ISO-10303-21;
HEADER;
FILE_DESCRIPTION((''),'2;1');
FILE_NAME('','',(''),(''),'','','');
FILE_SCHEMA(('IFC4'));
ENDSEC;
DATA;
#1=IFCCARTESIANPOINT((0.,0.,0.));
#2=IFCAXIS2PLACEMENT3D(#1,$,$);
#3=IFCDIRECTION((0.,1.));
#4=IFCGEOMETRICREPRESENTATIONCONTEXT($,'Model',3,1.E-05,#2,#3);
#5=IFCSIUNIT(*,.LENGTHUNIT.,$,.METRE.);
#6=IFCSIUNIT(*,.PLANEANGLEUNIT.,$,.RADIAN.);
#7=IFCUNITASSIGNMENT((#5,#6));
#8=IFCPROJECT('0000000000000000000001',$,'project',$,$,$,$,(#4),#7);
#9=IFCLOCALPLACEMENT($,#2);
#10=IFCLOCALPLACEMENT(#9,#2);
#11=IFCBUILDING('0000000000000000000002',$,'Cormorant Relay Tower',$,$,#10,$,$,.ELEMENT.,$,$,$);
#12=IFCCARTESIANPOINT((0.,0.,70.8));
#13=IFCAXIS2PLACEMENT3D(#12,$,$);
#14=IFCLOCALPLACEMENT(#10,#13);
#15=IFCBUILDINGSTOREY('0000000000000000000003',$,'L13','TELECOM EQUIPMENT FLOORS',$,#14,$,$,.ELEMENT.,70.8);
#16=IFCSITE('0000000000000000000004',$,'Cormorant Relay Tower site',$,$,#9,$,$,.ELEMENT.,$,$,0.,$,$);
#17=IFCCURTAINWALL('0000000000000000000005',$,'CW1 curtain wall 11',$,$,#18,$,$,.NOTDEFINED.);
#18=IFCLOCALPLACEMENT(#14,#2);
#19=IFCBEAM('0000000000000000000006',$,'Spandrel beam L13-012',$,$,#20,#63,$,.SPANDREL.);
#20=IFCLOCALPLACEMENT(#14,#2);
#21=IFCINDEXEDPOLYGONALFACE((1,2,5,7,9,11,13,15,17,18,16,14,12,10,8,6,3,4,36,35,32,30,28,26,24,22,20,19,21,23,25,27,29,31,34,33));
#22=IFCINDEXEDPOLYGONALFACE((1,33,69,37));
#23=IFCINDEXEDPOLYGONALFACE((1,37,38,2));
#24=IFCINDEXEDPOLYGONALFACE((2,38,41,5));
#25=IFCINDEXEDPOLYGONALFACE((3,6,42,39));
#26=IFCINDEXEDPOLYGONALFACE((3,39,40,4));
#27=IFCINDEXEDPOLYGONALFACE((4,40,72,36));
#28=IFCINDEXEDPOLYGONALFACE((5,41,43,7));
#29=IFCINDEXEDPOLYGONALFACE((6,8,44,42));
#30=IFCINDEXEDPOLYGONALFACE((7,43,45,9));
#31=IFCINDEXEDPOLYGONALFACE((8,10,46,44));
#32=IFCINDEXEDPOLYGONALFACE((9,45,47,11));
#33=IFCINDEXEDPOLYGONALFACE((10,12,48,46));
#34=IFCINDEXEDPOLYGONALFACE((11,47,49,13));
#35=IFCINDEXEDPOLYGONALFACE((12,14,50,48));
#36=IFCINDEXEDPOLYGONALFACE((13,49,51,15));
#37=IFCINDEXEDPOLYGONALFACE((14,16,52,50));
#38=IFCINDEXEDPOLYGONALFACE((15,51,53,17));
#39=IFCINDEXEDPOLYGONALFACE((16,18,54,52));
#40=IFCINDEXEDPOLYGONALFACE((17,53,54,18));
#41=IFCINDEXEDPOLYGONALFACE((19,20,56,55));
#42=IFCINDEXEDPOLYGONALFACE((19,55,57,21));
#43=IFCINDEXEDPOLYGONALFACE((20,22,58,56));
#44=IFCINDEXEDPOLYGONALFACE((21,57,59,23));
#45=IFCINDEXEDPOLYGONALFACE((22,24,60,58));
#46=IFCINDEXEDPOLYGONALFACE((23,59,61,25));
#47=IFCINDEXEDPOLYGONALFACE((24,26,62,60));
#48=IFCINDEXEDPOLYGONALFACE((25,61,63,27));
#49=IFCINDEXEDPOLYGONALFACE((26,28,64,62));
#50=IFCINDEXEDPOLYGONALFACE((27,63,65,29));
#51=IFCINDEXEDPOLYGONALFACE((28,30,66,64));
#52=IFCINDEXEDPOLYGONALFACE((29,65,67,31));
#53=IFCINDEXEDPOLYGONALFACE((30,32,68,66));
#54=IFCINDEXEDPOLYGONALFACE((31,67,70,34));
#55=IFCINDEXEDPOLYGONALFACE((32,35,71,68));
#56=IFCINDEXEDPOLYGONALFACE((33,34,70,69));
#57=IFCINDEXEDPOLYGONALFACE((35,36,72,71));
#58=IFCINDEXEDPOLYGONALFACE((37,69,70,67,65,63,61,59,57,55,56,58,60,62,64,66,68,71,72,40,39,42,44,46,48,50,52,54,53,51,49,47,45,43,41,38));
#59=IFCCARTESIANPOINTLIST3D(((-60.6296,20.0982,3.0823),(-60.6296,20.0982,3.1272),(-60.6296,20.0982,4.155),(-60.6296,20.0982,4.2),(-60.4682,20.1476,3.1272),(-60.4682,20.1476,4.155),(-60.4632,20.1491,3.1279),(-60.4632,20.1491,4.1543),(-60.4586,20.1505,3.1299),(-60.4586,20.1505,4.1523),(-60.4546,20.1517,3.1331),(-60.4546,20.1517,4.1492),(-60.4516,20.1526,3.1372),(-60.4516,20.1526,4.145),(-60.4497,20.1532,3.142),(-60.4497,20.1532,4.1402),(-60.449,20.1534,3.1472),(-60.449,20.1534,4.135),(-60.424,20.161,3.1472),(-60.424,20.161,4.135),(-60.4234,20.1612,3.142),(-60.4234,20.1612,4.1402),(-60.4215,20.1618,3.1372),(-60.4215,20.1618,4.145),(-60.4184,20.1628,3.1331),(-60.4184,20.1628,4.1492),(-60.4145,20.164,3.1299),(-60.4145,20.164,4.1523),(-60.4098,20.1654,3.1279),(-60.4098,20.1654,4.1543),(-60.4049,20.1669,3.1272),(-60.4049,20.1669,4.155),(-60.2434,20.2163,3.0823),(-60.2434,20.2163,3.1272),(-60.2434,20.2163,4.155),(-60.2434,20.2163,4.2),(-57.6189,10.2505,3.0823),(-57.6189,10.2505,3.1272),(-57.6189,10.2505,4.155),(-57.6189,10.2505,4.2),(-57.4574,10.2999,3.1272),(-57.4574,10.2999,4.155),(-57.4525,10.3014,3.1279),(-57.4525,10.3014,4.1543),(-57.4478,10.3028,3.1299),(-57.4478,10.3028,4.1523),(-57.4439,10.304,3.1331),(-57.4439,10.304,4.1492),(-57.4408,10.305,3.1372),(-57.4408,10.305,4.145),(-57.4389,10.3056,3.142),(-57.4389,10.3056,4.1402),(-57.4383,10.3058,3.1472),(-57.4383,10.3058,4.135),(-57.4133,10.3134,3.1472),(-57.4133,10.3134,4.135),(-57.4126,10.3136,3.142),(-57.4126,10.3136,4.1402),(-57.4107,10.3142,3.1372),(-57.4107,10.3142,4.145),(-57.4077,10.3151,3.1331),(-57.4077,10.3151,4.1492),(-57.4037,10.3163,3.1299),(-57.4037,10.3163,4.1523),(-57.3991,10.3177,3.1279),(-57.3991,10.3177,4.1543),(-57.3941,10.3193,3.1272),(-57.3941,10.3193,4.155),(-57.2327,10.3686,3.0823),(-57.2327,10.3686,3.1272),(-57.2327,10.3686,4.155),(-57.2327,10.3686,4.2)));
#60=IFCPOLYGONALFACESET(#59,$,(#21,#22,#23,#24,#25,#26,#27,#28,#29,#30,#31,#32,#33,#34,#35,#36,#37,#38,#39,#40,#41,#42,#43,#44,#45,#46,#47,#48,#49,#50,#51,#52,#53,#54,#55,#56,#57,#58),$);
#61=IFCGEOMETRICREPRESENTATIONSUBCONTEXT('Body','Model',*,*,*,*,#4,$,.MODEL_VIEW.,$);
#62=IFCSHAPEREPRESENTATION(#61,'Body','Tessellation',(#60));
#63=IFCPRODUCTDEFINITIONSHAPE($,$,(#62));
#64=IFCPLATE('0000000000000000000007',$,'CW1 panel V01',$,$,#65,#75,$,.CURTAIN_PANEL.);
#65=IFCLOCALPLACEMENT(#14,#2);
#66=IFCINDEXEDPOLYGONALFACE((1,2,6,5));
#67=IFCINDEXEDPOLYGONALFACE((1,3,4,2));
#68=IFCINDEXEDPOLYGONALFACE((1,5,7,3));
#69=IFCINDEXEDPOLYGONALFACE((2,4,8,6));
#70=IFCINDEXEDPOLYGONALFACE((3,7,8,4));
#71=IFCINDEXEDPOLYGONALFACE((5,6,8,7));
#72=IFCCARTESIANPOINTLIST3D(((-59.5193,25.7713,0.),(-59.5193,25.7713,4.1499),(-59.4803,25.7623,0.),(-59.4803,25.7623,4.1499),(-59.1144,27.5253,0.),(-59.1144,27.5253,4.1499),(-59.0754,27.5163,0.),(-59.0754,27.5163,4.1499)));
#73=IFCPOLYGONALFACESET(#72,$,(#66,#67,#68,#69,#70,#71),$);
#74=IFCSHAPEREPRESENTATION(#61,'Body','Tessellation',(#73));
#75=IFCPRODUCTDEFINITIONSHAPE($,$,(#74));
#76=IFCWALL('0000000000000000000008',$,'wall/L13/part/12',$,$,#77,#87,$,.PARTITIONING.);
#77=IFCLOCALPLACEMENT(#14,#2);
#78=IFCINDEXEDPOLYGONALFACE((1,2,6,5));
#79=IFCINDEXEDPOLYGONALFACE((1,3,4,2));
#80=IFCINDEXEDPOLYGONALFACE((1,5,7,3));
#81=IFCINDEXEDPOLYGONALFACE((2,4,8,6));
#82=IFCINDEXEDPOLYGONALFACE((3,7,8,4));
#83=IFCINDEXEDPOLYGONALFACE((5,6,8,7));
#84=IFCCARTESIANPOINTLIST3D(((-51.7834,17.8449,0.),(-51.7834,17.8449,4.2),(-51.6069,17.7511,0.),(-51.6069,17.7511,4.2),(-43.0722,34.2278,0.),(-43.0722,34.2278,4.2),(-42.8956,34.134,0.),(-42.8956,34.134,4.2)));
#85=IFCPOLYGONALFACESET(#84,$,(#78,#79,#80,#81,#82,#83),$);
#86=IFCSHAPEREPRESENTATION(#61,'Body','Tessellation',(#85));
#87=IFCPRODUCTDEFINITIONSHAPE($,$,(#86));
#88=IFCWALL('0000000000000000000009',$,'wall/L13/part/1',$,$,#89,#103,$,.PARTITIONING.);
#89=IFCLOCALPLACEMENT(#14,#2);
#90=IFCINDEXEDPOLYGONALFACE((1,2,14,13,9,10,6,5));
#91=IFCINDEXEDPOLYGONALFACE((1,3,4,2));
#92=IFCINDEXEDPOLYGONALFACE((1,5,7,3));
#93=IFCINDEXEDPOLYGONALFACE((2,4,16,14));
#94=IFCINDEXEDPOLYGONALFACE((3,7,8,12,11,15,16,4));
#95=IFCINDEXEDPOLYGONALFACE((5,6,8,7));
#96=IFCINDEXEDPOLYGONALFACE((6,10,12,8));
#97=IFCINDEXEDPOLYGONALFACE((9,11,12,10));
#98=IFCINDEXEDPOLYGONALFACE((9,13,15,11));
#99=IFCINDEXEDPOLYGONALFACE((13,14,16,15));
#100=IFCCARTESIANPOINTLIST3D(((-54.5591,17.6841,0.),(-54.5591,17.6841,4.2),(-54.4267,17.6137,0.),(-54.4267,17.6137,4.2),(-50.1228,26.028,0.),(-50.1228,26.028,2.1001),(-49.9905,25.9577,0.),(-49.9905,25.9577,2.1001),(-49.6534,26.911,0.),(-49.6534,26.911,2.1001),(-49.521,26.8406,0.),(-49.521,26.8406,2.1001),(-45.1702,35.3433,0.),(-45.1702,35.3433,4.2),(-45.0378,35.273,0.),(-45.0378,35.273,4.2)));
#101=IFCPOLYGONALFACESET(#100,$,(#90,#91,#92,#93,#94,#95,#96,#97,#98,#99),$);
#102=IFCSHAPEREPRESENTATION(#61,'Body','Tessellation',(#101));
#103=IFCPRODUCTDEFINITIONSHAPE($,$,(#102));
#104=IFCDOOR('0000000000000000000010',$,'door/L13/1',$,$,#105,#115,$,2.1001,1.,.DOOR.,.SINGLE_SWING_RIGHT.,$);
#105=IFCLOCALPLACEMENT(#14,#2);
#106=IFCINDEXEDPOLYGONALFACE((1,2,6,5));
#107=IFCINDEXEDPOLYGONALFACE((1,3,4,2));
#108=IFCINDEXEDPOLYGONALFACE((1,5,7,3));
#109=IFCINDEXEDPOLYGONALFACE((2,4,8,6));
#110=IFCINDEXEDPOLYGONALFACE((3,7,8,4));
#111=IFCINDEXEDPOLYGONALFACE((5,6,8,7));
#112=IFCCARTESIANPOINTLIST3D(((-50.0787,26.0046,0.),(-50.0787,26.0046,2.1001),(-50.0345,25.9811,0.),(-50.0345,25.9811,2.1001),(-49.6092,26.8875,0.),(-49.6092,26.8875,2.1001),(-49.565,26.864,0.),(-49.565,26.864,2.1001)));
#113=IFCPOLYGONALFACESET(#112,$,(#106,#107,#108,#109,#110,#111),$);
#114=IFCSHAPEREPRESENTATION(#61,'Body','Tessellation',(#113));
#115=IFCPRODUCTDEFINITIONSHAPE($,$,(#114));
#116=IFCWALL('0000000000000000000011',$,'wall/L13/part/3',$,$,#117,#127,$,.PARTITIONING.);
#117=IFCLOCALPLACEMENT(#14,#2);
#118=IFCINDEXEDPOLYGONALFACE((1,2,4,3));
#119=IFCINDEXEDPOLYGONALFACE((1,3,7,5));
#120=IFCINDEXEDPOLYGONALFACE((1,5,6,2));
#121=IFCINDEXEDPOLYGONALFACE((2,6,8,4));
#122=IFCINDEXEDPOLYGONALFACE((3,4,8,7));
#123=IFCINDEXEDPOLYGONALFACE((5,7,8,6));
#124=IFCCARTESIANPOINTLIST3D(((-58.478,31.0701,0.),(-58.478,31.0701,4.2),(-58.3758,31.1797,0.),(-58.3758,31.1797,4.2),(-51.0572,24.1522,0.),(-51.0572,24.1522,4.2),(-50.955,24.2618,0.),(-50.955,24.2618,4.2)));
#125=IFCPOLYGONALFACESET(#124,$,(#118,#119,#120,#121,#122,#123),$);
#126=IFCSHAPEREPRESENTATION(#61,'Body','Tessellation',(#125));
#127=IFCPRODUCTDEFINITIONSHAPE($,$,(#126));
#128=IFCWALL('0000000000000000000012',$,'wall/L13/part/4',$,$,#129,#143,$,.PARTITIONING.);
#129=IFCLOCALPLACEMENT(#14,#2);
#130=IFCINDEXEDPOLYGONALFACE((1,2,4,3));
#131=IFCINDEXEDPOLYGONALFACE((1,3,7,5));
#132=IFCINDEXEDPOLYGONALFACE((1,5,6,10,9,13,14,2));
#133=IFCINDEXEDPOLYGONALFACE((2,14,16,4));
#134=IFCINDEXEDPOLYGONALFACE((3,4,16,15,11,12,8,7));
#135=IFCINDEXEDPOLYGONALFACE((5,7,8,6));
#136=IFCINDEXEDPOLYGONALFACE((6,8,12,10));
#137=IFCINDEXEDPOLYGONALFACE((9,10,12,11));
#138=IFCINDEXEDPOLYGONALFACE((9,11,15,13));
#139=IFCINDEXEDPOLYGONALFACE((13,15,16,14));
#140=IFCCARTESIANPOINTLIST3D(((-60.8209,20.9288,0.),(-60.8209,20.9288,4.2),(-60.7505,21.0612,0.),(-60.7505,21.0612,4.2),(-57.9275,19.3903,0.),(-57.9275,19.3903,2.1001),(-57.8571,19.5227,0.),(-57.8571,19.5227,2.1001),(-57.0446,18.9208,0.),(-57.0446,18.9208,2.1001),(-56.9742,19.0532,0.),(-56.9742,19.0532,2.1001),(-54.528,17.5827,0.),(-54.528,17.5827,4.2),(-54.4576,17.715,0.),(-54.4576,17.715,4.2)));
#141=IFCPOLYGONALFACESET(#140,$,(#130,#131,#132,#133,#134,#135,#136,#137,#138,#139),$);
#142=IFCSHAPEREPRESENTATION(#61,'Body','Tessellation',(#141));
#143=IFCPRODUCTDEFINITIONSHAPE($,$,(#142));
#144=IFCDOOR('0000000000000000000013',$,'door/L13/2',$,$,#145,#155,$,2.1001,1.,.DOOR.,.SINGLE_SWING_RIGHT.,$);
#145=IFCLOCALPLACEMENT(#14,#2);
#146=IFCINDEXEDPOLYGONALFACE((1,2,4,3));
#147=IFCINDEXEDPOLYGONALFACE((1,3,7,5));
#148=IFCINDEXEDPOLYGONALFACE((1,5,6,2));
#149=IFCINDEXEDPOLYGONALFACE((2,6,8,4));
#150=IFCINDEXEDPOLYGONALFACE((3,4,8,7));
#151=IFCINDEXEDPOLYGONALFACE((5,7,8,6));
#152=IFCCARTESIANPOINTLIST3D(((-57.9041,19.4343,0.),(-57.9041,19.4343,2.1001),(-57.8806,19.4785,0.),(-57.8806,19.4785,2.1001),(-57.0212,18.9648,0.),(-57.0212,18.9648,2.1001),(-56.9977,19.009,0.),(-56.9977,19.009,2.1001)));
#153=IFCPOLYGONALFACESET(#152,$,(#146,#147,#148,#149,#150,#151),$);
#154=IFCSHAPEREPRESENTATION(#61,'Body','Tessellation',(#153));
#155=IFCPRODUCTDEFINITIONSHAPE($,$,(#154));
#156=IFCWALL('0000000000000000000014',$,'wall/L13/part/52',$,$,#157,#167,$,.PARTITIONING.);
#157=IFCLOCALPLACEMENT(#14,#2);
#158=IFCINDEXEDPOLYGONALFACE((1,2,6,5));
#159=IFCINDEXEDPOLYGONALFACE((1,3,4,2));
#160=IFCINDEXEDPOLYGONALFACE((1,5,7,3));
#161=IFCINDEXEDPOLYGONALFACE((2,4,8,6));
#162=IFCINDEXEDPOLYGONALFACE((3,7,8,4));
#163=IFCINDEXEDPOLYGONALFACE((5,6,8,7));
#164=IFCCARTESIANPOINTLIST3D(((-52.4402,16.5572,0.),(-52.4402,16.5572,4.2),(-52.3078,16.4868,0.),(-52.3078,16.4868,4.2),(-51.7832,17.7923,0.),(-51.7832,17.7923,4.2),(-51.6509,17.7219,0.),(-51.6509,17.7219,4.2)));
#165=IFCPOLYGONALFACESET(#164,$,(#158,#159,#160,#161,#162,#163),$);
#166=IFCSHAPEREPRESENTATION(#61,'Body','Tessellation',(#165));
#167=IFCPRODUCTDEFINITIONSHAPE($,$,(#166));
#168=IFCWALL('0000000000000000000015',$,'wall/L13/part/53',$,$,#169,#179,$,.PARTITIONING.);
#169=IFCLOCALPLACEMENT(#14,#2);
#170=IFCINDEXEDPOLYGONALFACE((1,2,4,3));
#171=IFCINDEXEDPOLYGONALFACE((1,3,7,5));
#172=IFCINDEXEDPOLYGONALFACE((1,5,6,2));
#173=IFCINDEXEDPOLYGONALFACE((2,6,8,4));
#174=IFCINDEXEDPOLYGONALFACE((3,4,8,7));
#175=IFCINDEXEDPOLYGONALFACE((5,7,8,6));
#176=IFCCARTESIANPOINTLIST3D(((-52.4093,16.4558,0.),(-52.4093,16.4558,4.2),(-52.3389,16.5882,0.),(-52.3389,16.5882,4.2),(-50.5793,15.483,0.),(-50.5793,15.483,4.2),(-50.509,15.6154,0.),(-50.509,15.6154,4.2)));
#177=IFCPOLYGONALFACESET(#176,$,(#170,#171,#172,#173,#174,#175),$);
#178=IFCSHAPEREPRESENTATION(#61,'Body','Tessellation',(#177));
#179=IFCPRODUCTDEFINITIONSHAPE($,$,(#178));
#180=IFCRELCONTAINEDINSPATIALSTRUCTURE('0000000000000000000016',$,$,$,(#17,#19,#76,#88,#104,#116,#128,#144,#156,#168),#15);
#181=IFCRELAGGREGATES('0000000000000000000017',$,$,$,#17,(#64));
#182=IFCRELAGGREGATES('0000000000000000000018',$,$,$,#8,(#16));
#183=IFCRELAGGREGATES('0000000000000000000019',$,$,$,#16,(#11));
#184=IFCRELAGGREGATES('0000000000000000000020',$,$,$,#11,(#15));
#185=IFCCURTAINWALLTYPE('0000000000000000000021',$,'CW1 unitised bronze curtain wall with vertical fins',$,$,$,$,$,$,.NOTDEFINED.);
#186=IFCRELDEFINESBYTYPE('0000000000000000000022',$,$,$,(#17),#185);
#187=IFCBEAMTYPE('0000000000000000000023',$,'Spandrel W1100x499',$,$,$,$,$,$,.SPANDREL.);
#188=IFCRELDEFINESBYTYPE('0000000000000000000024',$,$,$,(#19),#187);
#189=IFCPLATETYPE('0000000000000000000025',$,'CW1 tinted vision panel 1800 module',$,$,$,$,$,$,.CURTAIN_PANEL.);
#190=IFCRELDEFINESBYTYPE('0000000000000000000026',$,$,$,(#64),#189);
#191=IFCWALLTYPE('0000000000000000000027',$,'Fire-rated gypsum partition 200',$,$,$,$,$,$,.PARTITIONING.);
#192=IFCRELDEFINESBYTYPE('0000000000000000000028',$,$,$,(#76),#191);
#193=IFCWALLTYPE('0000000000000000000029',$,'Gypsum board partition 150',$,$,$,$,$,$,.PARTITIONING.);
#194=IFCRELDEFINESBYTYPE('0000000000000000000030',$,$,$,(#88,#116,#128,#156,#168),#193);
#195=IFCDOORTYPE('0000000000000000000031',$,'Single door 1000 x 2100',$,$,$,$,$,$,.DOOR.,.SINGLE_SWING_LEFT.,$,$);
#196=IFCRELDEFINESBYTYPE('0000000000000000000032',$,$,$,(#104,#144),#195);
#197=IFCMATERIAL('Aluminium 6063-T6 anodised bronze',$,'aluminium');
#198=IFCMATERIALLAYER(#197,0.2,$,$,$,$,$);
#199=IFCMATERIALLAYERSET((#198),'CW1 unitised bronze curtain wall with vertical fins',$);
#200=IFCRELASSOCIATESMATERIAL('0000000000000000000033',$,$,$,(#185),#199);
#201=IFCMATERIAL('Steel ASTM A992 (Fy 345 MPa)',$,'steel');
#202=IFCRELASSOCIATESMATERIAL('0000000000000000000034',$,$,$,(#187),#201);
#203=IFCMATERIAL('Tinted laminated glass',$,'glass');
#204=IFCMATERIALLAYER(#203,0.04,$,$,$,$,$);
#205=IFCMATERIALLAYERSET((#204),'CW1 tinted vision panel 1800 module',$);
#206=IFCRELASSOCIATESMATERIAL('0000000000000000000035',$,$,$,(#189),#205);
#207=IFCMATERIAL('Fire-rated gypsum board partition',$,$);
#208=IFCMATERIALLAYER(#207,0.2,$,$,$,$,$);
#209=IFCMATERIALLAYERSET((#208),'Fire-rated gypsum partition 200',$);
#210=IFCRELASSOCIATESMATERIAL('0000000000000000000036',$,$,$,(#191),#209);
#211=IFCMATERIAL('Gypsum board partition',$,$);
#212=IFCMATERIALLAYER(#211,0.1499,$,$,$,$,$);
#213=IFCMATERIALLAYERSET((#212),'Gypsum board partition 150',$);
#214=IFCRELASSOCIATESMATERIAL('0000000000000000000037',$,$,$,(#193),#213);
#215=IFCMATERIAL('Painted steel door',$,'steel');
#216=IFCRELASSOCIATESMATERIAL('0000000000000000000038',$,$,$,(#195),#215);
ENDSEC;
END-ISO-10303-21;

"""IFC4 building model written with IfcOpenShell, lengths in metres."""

from ifc_helpers import new_model, si_unit, direction, frame, frame_2d, origin, origin_2d, place, context, subcontext, project, spatial, rectangle, i_section, extrude, material, layer, layer_set, material_profile, profile_set, type_object, element, fill, aggregate, save


model = new_model("IFC4")

# Units and contexts
model_context = context("Model", 3, precision=1e-05, world=origin(), true_north=direction((0.0, 1.0)))
body_context = subcontext(model_context, "Body", "Model", "MODEL_VIEW")
ifc_project = project(units=[si_unit("LENGTHUNIT", "METRE"), si_unit("PLANEANGLEUNIT", "RADIAN")], contexts=[model_context])

# Site, building, storey
site_placement = place(None, origin())
site = spatial("IfcSite", under=ifc_project, at=site_placement, Name="Cormorant Relay Tower site", CompositionType="ELEMENT", RefElevation=0.0)
building_placement = place(site_placement, origin())
building = spatial("IfcBuilding", under=site, at=building_placement, Name="Cormorant Relay Tower", CompositionType="ELEMENT")
storey_placement = place(building_placement, frame((0.0, 0.0, 70.8)))
storey = spatial("IfcBuildingStorey", under=building, at=storey_placement, Name="L13", Description="TELECOM EQUIPMENT FLOORS", CompositionType="ELEMENT", Elevation=70.8)

# Curtain wall
ifc_material_1 = material(Name="Aluminium 6063-T6 anodised bronze", Category="aluminium")
ifc_layer_1 = layer(ifc_material_1, 0.2)
ifc_layer_set_1 = layer_set([ifc_layer_1], Name="CW1 unitised bronze curtain wall with vertical fins")
curtain_wall_type = type_object("IfcCurtainWallType", Name="CW1 unitised bronze curtain wall with vertical fins", PredefinedType="NOTDEFINED", material=ifc_layer_set_1)
curtain_wall_1_placement = place(storey_placement, origin())
curtain_wall_1 = element("IfcCurtainWall", 1, at=curtain_wall_1_placement, inside=storey, type_object=curtain_wall_type, Name="CW1 curtain wall 11", PredefinedType="NOTDEFINED")

# Beam
ifc_material_2 = material(Name="Steel ASTM A992 (Fy 345 MPa)", Category="steel")
ifc_material_profile_1 = material_profile(ifc_material_2, i_section(OverallWidth=0.4038, OverallDepth=1.1177, WebThickness=0.0261, FlangeThickness=0.0449, FilletRadius=0.02, at=origin_2d()), Name="W1100x499")
ifc_profile_set_1 = profile_set([ifc_material_profile_1], Name="Steel ASTM A992 (Fy 345 MPa)")
beam_type = type_object("IfcBeamType", Name="Spandrel W1100x499", PredefinedType="SPANDREL", material=ifc_profile_set_1)
beam_placement = place(storey_placement, frame((-60.4365, 20.1572, 3.6411), z_axis=(0.292373, -0.956304, 0.0), x_axis=(0.956304, 0.292373, 0.0)))
element("IfcBeam", 2, at=beam_placement, inside=storey, type_object=beam_type, Name="Spandrel beam L13-012", PredefinedType="SPANDREL", context=body_context, shape_type="SweptSolid", body=[
    extrude(i_section(OverallWidth=0.4038, OverallDepth=1.1177, WebThickness=0.0261, FlangeThickness=0.0449, FilletRadius=0.02, at=origin_2d()), origin(), (0.0, 0.0, 1.0), 10.2976),
])

# Plate
ifc_material_3 = material(Name="Tinted laminated glass", Category="glass")
ifc_layer_2 = layer(ifc_material_3, 0.04)
ifc_layer_set_2 = layer_set([ifc_layer_2], Name="CW1 tinted vision panel 1800 module")
plate_type = type_object("IfcPlateType", Name="CW1 tinted vision panel 1800 module", PredefinedType="CURTAIN_PANEL", material=ifc_layer_set_2)
plate_placement = place(storey_placement, frame((-59.2974, 26.6438, 0.0), z_axis=(0.0, 0.0, 1.0), x_axis=(-0.224951, -0.97437, 0.0)))
plate = element("IfcPlate", 3, at=plate_placement, type_object=plate_type, Name="CW1 panel V01", PredefinedType="CURTAIN_PANEL", context=body_context, shape_type="SweptSolid", body=[
    extrude(rectangle(XDim=1.8, YDim=0.04, at=origin_2d()), origin(), (0.0, 0.0, 1.0), 4.1499),
])

# Wall
ifc_material_4 = material(Name="Fire-rated gypsum board partition")
ifc_layer_3 = layer(ifc_material_4, 0.2)
ifc_layer_set_3 = layer_set([ifc_layer_3], Name="Fire-rated gypsum partition 200")
wall_type_1 = type_object("IfcWallType", Name="Fire-rated gypsum partition 200", PredefinedType="PARTITIONING", material=ifc_layer_set_3)
wall_1_placement = place(storey_placement, frame((-51.6951, 17.7981, 0.0), z_axis=(0.0, 0.0, 1.0), x_axis=(0.469484, 0.882941, 0.0)))
element("IfcWall", 4, at=wall_1_placement, inside=storey, type_object=wall_type_1, Name="wall/L13/part/12", PredefinedType="PARTITIONING", context=body_context, shape_type="SweptSolid", body=[
    extrude(rectangle(XDim=18.5549, YDim=0.2, at=frame_2d((9.2773, 0.0))), origin(), (0.0, 0.0, 1.0), 4.2),
])

# Wall, opening, door
ifc_material_5 = material(Name="Gypsum board partition")
ifc_layer_4 = layer(ifc_material_5, 0.1499)
ifc_layer_set_4 = layer_set([ifc_layer_4], Name="Gypsum board partition 150")
wall_type_2 = type_object("IfcWallType", Name="Gypsum board partition 150", PredefinedType="PARTITIONING", material=ifc_layer_set_4)
wall_2_placement = place(storey_placement, frame((-54.4929, 17.6489, 0.0), z_axis=(0.0, 0.0, 1.0), x_axis=(0.469447, 0.882961, 0.0)))
wall_2 = element("IfcWall", 5, at=wall_2_placement, inside=storey, type_object=wall_type_2, Name="wall/L13/part/1", PredefinedType="PARTITIONING", context=body_context, shape_type="SweptSolid", body=[
    extrude(rectangle(XDim=20.0, YDim=0.1499, at=frame_2d((10.0, 0.0))), origin(), (0.0, 0.0, 1.0), 4.2),
])
opening_1_placement = place(wall_2_placement, frame((9.45, 0.0, 0.0)))
opening_1 = element("IfcOpeningElement", 6, at=opening_1_placement, cuts=wall_2, PredefinedType="OPENING", context=body_context, shape_type="SweptSolid", body=[
    extrude(rectangle(XDim=1.0, YDim=2.1001, at=frame_2d((0.5, 1.05))), frame((0.0, 0.085, 0.0), z_axis=(0.0, -1.0, 0.0), x_axis=(1.0, 0.0, 0.0)), (0.0, 0.0, 1.0), 0.1699),
])
ifc_material_6 = material(Name="Painted steel door", Category="steel")
door_type = type_object("IfcDoorType", Name="Single door 1000 x 2100", OperationType="SINGLE_SWING_LEFT", PredefinedType="DOOR", material=ifc_material_6)
door_1_placement = place(opening_1_placement, origin())
door_1 = element("IfcDoor", 7, at=door_1_placement, inside=storey, type_object=door_type, Name="door/L13/1", OperationType="SINGLE_SWING_RIGHT", OverallHeight=2.1001, OverallWidth=1.0, PredefinedType="DOOR", context=body_context, shape_type="SweptSolid", body=[
    extrude(rectangle(XDim=1.0, YDim=2.1001, at=frame_2d((0.5, 1.05))), frame((0.0, 0.0249, 0.0), z_axis=(0.0, -1.0, 0.0), x_axis=(1.0, 0.0, 0.0)), (0.0, 0.0, 1.0), 0.05),
])
fill(opening_1, door_1)

# Wall
wall_3_placement = place(storey_placement, frame((-58.427, 31.125, 0.0), z_axis=(0.0, 0.0, 1.0), x_axis=(0.731458, -0.681886, 0.0)))
element("IfcWall", 8, at=wall_3_placement, inside=storey, type_object=wall_type_2, Name="wall/L13/part/3", PredefinedType="PARTITIONING", context=body_context, shape_type="SweptSolid", body=[
    extrude(rectangle(XDim=10.1453, YDim=0.1499, at=frame_2d((5.0728, 0.0))), origin(), (0.0, 0.0, 1.0), 4.2),
])

# Wall, opening, door
wall_4_placement = place(storey_placement, frame((-54.4929, 17.6489, 0.0), z_axis=(0.0, 0.0, 1.0), x_axis=(-0.882938, 0.469489, 0.0)))
wall_4 = element("IfcWall", 9, at=wall_4_placement, inside=storey, type_object=wall_type_2, Name="wall/L13/part/4", PredefinedType="PARTITIONING", context=body_context, shape_type="SweptSolid", body=[
    extrude(rectangle(XDim=7.1272, YDim=0.1499, at=frame_2d((3.5635, 0.0))), origin(), (0.0, 0.0, 1.0), 4.2),
])
opening_2_placement = place(wall_4_placement, frame((2.8501, 0.0, 0.0)))
opening_2 = element("IfcOpeningElement", 10, at=opening_2_placement, cuts=wall_4, PredefinedType="OPENING", context=body_context, shape_type="SweptSolid", body=[
    extrude(rectangle(XDim=1.0, YDim=2.1001, at=frame_2d((0.5, 1.05))), frame((0.0, 0.085, 0.0), z_axis=(0.0, -1.0, 0.0), x_axis=(1.0, 0.0, 0.0)), (0.0, 0.0, 1.0), 0.1699),
])
door_2_placement = place(opening_2_placement, frame((1.0, 0.0, 0.0), z_axis=(0.0, 0.0, 1.0), x_axis=(-1.0, 0.0, 0.0)))
door_2 = element("IfcDoor", 11, at=door_2_placement, inside=storey, type_object=door_type, Name="door/L13/2", OperationType="SINGLE_SWING_RIGHT", OverallHeight=2.1001, OverallWidth=1.0, PredefinedType="DOOR", context=body_context, shape_type="SweptSolid", body=[
    extrude(rectangle(XDim=1.0, YDim=2.1001, at=frame_2d((0.5, 1.05))), frame((0.0, 0.0249, 0.0), z_axis=(0.0, -1.0, 0.0), x_axis=(1.0, 0.0, 0.0)), (0.0, 0.0, 1.0), 0.05),
])
fill(opening_2, door_2)

# Walls
wall_5_placement = place(storey_placement, frame((-51.717, 17.7571, 0.0), z_axis=(0.0, 0.0, 1.0), x_axis=(-0.469619, -0.882869, 0.0)))
element("IfcWall", 12, at=wall_5_placement, inside=storey, type_object=wall_type_2, Name="wall/L13/part/52", PredefinedType="PARTITIONING", context=body_context, shape_type="SweptSolid", body=[
    extrude(rectangle(XDim=1.3989, YDim=0.1499, at=frame_2d((0.6995, 0.0))), origin(), (0.0, 0.0, 1.0), 4.2),
])
wall_6_placement = place(storey_placement, frame((-52.374, 16.522, 0.0), z_axis=(0.0, 0.0, 1.0), x_axis=(0.882981, -0.469408, 0.0)))
element("IfcWall", 13, at=wall_6_placement, inside=storey, type_object=wall_type_2, Name="wall/L13/part/53", PredefinedType="PARTITIONING", context=body_context, shape_type="SweptSolid", body=[
    extrude(rectangle(XDim=2.0725, YDim=0.1499, at=frame_2d((1.0361, 0.0))), origin(), (0.0, 0.0, 1.0), 4.2),
])

aggregate(curtain_wall_1, [plate])

save(model, "model.ifc")
